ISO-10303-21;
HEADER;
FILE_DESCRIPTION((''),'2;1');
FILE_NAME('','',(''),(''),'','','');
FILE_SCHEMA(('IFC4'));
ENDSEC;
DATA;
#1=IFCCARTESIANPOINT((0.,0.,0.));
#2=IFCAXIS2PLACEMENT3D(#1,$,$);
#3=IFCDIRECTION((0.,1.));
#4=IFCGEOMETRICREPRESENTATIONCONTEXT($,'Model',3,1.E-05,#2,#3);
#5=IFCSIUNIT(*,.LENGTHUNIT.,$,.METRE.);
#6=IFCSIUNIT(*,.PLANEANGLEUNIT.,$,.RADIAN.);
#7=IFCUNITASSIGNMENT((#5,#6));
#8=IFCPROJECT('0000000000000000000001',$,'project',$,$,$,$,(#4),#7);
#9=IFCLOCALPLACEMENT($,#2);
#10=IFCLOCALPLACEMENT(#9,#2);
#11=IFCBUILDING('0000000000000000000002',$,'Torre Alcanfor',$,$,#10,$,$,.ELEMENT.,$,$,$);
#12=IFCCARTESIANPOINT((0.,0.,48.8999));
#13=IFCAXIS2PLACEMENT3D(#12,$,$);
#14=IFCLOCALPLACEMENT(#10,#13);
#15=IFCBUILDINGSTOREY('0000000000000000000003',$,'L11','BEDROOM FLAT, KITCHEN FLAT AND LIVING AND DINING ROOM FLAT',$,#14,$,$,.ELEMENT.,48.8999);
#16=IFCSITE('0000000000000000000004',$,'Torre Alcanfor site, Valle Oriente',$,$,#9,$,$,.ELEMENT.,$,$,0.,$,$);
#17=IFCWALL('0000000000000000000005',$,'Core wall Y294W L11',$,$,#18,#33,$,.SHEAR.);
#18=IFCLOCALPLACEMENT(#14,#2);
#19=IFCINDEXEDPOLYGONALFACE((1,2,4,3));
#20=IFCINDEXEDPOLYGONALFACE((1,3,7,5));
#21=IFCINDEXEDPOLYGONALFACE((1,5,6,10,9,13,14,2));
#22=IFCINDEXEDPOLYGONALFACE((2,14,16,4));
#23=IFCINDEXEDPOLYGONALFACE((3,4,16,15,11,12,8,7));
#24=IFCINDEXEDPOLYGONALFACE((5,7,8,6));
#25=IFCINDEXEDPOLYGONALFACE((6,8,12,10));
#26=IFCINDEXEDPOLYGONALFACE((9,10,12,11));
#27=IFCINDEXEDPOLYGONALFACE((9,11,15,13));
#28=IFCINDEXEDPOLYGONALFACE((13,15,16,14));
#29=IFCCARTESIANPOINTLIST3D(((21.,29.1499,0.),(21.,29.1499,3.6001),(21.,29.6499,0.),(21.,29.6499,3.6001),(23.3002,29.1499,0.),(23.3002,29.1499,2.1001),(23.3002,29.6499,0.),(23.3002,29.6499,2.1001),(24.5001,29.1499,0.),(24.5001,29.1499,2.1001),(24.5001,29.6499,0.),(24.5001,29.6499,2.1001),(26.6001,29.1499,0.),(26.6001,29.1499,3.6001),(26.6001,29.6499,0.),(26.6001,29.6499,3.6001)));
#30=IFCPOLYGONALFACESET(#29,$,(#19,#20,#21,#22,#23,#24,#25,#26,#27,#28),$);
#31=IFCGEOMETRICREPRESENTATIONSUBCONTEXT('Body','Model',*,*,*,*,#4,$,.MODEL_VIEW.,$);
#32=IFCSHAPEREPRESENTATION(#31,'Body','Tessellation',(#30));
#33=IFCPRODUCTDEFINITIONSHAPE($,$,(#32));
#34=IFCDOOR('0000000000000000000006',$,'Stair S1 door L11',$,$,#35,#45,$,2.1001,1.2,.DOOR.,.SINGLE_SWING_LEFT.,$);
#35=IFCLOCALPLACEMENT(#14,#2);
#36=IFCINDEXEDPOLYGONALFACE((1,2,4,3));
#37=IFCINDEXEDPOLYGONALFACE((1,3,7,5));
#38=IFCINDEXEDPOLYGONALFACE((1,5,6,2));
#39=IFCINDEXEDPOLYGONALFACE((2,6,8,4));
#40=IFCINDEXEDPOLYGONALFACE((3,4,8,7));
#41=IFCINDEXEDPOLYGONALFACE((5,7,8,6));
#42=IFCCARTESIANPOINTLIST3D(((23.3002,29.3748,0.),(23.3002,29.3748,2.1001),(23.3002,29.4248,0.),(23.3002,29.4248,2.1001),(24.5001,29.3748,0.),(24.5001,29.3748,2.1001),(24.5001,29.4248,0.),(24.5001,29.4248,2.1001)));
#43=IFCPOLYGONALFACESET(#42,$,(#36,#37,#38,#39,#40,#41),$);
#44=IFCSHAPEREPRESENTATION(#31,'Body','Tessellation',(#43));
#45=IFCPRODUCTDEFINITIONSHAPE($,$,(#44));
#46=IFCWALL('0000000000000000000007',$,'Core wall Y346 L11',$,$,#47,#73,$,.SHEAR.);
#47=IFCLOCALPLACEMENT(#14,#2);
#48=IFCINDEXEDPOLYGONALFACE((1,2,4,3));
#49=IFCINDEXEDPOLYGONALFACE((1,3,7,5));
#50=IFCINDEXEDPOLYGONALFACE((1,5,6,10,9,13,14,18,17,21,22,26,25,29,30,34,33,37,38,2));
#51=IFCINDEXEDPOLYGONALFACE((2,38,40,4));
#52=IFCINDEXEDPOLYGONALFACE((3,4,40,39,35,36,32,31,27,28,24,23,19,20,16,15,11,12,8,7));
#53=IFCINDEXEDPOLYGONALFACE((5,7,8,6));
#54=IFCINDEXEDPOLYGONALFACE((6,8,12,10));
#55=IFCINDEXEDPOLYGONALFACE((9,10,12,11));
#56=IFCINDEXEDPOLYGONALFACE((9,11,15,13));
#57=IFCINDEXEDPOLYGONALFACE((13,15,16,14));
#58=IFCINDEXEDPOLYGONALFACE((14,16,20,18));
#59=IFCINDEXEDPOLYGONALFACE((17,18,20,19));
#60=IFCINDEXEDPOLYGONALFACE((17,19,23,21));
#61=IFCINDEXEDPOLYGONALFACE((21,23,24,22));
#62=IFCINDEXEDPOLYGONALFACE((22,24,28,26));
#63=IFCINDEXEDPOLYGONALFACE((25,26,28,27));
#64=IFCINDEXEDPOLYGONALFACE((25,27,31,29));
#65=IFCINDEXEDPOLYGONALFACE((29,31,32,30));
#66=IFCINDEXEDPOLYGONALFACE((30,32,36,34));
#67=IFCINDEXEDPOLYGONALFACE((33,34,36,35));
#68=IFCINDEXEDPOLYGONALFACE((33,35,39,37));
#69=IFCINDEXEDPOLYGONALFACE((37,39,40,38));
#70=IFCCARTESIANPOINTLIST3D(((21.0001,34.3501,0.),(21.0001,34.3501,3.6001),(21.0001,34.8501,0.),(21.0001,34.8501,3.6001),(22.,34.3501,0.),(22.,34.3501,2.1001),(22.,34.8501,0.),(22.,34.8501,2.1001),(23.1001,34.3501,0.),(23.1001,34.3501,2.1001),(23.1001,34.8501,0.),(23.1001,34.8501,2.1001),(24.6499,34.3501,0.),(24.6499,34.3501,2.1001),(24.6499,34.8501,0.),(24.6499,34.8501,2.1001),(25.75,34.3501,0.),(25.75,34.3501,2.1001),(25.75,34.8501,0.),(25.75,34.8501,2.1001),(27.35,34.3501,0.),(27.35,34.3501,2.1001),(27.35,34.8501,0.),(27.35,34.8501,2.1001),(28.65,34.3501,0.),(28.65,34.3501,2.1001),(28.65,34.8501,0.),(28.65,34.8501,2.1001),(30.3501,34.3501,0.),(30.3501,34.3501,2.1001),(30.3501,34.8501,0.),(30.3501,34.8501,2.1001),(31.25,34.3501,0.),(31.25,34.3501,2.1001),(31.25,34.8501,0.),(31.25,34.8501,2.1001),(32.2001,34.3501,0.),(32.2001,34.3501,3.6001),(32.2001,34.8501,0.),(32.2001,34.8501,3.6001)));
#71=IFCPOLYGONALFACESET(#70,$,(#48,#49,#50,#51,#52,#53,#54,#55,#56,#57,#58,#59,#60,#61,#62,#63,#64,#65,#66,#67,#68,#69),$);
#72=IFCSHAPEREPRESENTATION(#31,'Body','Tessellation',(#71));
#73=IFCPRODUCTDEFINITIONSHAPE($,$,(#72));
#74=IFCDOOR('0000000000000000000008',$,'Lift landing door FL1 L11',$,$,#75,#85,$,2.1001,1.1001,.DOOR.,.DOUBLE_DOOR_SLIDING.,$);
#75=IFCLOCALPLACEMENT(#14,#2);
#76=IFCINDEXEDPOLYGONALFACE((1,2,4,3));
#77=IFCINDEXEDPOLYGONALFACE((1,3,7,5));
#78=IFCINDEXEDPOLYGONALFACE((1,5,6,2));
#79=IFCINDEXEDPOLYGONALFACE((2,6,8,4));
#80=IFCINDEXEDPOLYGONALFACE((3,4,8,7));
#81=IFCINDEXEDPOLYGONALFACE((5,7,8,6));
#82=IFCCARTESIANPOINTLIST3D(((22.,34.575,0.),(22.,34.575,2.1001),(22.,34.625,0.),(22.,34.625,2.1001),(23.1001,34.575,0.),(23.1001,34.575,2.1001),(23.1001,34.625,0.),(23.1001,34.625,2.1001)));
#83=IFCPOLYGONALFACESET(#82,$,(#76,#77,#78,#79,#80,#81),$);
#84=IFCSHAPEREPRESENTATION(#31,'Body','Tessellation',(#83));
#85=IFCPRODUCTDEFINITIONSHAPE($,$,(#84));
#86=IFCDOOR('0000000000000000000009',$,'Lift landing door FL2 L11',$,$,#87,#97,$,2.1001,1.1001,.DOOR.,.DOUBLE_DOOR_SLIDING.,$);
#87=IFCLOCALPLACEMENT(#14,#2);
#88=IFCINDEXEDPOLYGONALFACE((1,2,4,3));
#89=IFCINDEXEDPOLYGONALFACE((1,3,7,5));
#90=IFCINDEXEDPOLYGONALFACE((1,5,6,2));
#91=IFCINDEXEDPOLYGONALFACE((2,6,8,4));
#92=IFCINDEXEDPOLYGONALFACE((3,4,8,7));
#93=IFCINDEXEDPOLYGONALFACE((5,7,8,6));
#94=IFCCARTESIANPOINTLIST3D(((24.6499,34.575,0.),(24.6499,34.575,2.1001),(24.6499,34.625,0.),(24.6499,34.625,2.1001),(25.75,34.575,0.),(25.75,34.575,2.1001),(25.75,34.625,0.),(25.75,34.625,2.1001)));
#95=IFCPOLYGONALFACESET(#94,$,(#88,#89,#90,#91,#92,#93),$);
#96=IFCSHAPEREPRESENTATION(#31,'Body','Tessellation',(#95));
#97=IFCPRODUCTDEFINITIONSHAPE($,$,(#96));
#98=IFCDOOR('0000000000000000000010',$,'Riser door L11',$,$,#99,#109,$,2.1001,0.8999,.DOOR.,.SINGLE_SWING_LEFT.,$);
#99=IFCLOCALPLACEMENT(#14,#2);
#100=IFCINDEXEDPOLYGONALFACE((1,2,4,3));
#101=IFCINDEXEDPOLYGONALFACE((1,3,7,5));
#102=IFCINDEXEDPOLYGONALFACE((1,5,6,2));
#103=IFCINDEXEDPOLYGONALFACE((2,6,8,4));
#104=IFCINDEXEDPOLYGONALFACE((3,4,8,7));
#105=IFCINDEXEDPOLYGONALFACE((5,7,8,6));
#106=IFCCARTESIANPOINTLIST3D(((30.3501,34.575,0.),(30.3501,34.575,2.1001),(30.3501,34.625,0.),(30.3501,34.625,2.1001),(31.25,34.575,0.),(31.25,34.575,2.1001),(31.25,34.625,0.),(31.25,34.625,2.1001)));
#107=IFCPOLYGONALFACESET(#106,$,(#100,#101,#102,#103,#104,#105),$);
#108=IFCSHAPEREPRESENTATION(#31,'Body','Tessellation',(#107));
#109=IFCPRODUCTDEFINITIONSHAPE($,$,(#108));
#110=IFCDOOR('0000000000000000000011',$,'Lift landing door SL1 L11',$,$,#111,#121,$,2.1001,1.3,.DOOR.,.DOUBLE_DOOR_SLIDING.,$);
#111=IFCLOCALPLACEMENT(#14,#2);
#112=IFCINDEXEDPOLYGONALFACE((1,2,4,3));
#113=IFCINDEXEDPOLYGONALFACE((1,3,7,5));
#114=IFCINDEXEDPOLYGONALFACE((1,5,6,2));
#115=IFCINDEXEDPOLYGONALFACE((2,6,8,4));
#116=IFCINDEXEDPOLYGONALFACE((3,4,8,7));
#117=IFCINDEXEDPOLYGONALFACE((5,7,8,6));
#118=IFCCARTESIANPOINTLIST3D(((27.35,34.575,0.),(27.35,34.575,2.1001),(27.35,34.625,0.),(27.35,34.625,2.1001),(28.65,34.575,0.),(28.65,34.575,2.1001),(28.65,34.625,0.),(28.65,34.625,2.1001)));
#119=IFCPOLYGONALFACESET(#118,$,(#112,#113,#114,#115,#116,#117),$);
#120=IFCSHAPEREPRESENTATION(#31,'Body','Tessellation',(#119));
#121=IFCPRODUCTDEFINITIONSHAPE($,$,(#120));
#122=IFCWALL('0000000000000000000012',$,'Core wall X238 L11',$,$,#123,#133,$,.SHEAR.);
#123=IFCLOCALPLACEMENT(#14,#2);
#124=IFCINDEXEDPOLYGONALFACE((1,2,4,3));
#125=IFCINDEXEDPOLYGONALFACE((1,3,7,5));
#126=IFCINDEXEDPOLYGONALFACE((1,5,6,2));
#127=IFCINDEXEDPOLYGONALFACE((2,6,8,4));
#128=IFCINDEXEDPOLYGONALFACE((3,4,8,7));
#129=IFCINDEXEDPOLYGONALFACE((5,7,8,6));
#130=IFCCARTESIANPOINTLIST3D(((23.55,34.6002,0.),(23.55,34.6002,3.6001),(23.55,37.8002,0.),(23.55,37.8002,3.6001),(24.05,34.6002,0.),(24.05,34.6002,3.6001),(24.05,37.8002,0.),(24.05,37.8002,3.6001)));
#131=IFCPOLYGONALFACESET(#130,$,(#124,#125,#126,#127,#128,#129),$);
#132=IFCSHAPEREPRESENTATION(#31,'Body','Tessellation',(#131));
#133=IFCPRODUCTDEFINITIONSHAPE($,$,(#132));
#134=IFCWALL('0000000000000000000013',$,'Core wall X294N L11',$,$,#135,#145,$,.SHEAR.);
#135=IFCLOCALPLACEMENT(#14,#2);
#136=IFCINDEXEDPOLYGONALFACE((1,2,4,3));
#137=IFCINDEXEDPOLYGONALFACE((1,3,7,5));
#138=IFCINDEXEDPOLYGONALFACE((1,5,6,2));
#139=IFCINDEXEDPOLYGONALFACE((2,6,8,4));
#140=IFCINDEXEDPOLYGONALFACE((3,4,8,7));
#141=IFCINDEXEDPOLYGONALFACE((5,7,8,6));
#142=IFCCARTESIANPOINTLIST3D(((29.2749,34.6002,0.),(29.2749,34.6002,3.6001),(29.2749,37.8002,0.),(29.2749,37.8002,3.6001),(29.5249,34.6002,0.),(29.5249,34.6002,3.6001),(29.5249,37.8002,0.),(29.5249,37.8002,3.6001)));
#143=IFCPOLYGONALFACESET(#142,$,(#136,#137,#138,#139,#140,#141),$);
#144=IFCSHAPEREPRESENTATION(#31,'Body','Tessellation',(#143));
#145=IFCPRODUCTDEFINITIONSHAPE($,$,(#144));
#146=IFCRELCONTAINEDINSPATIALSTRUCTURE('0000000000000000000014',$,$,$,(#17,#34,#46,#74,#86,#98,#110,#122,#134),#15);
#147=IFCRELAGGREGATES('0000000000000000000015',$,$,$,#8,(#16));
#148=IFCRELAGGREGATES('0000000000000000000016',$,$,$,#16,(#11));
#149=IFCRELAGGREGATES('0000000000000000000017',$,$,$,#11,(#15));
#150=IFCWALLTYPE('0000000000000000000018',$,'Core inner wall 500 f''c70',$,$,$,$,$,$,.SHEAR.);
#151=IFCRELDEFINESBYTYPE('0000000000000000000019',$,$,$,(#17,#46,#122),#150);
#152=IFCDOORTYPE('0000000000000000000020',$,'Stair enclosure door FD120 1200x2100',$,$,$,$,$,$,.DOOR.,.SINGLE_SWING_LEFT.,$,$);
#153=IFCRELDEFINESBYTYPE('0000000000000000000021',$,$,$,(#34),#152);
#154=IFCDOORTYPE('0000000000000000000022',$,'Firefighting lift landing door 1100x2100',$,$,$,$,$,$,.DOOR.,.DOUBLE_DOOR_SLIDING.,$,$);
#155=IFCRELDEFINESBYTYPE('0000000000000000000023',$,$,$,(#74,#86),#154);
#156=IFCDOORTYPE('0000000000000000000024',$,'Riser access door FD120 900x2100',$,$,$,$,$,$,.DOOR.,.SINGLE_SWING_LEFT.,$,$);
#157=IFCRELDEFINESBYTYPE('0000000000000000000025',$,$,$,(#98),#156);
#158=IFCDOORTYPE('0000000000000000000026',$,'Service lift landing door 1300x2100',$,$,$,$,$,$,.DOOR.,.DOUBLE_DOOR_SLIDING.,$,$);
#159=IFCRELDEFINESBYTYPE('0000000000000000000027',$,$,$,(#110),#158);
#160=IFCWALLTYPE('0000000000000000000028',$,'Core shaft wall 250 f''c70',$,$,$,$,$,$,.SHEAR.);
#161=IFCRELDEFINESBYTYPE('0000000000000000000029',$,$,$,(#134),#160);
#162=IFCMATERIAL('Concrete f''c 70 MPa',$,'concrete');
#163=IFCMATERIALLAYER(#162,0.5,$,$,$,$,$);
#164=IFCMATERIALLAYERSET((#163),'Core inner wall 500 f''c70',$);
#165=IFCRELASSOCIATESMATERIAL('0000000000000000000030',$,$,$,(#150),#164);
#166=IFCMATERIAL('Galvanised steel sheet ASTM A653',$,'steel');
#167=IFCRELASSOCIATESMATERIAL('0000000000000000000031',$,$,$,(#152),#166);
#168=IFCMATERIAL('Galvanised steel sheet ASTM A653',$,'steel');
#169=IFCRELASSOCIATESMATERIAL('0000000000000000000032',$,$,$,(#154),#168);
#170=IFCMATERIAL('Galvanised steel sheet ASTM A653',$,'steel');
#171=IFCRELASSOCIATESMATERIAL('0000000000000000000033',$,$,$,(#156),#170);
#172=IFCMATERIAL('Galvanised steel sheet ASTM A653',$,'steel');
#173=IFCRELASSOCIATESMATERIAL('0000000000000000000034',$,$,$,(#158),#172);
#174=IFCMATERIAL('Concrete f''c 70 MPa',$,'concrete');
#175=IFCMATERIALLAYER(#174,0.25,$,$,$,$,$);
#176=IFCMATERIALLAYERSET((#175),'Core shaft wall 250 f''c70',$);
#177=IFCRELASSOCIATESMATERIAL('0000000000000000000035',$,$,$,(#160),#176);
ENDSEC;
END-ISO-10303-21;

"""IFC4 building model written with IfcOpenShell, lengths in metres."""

from ifc_helpers import new_model, si_unit, direction, frame, frame_2d, origin, place, context, subcontext, project, spatial, rectangle, extrude, material, layer, layer_set, type_object, element, fill, save


model = new_model("IFC4")

# Units and contexts
model_context = context("Model", 3, precision=1e-05, world=origin(), true_north=direction((0.0, 1.0)))
body_context = subcontext(model_context, "Body", "Model", "MODEL_VIEW")
ifc_project = project(units=[si_unit("LENGTHUNIT", "METRE"), si_unit("PLANEANGLEUNIT", "RADIAN")], contexts=[model_context])

# Site, building, storey
site_placement = place(None, origin())
site = spatial("IfcSite", under=ifc_project, at=site_placement, Name="Torre Alcanfor site, Valle Oriente", CompositionType="ELEMENT", RefElevation=0.0)
building_placement = place(site_placement, origin())
building = spatial("IfcBuilding", under=site, at=building_placement, Name="Torre Alcanfor", CompositionType="ELEMENT")
storey_placement = place(building_placement, frame((0.0, 0.0, 48.8999)))
storey = spatial("IfcBuildingStorey", under=building, at=storey_placement, Name="L11", Description="BEDROOM FLAT, KITCHEN FLAT AND LIVING AND DINING ROOM FLAT", CompositionType="ELEMENT", Elevation=48.8999)

# Wall, opening, door
ifc_material_1 = material(Name="Concrete f'c 70 MPa", Category="concrete")
ifc_layer_1 = layer(ifc_material_1, 0.5)
ifc_layer_set_1 = layer_set([ifc_layer_1], Name="Core inner wall 500 f'c70")
wall_type_1 = type_object("IfcWallType", Name="Core inner wall 500 f'c70", PredefinedType="SHEAR", material=ifc_layer_set_1)
wall_1_placement = place(storey_placement, frame((21.0, 29.3999, 0.0), z_axis=(0.0, 0.0, 1.0), x_axis=(1.0, 0.0, 0.0)))
wall_1 = element("IfcWall", 1, at=wall_1_placement, inside=storey, type_object=wall_type_1, Name="Core wall Y294W L11", PredefinedType="SHEAR", context=body_context, shape_type="SweptSolid", body=[
    extrude(rectangle(XDim=5.6001, YDim=0.5, at=frame_2d((2.8, 0.0))), origin(), (0.0, 0.0, 1.0), 3.6001),
])
opening_1_placement = place(wall_1_placement, frame((2.3, 0.0, 0.0)))
opening_1 = element("IfcOpeningElement", 2, at=opening_1_placement, cuts=wall_1, PredefinedType="OPENING", context=body_context, shape_type="SweptSolid", body=[
    extrude(rectangle(XDim=1.2, YDim=2.1001, at=frame_2d((0.6001, 1.05))), frame((0.0, 0.26, 0.0), z_axis=(0.0, -1.0, 0.0), x_axis=(1.0, 0.0, 0.0)), (0.0, 0.0, 1.0), 0.52),
])
ifc_material_2 = material(Name="Galvanised steel sheet ASTM A653", Category="steel")
door_type_1 = type_object("IfcDoorType", Name="Stair enclosure door FD120 1200x2100", OperationType="SINGLE_SWING_LEFT", PredefinedType="DOOR", material=ifc_material_2)
door_1_placement = place(opening_1_placement, frame((1.2, 0.0, 0.0), z_axis=(0.0, 0.0, 1.0), x_axis=(-1.0, 0.0, 0.0)))
door_1 = element("IfcDoor", 3, at=door_1_placement, inside=storey, type_object=door_type_1, Name="Stair S1 door L11", OperationType="SINGLE_SWING_LEFT", OverallHeight=2.1001, OverallWidth=1.2, PredefinedType="DOOR", context=body_context, shape_type="SweptSolid", body=[
    extrude(rectangle(XDim=1.2, YDim=2.1001, at=frame_2d((0.5999, 1.05))), frame((0.0, 0.0251, 0.0), z_axis=(0.0, -1.0, 0.0), x_axis=(1.0, 0.0, 0.0)), (0.0, 0.0, 1.0), 0.05),
])
fill(opening_1, door_1)

# Wall, openings, doors
wall_2_placement = place(storey_placement, frame((21.0, 34.6001, 0.0), z_axis=(0.0, 0.0, 1.0), x_axis=(1.0, 0.0, 0.0)))
wall_2 = element("IfcWall", 4, at=wall_2_placement, inside=storey, type_object=wall_type_1, Name="Core wall Y346 L11", PredefinedType="SHEAR", context=body_context, shape_type="SweptSolid", body=[
    extrude(rectangle(XDim=11.2, YDim=0.5, at=frame_2d((5.6001, 0.0))), origin(), (0.0, 0.0, 1.0), 3.6001),
])
opening_2_placement = place(wall_2_placement, frame((9.3501, 0.0, 0.0)))
opening_2 = element("IfcOpeningElement", 5, at=opening_2_placement, cuts=wall_2, PredefinedType="OPENING", context=body_context, shape_type="SweptSolid", body=[
    extrude(rectangle(XDim=0.8999, YDim=2.1001, at=frame_2d((0.45, 1.05))), frame((0.0, 0.26, 0.0), z_axis=(0.0, -1.0, 0.0), x_axis=(1.0, 0.0, 0.0)), (0.0, 0.0, 1.0), 0.52),
])
opening_3_placement = place(wall_2_placement, frame((1.0, 0.0, 0.0)))
opening_3 = element("IfcOpeningElement", 6, at=opening_3_placement, cuts=wall_2, PredefinedType="OPENING", context=body_context, shape_type="SweptSolid", body=[
    extrude(rectangle(XDim=1.1001, YDim=2.1001, at=frame_2d((0.55, 1.05))), frame((0.0, 0.26, 0.0), z_axis=(0.0, -1.0, 0.0), x_axis=(1.0, 0.0, 0.0)), (0.0, 0.0, 1.0), 0.52),
])
opening_4_placement = place(wall_2_placement, frame((3.6499, 0.0, 0.0)))
opening_4 = element("IfcOpeningElement", 7, at=opening_4_placement, cuts=wall_2, PredefinedType="OPENING", context=body_context, shape_type="SweptSolid", body=[
    extrude(rectangle(XDim=1.1001, YDim=2.1001, at=frame_2d((0.55, 1.05))), frame((0.0, 0.26, 0.0), z_axis=(0.0, -1.0, 0.0), x_axis=(1.0, 0.0, 0.0)), (0.0, 0.0, 1.0), 0.52),
])
opening_5_placement = place(wall_2_placement, frame((6.3501, 0.0, 0.0)))
opening_5 = element("IfcOpeningElement", 8, at=opening_5_placement, cuts=wall_2, PredefinedType="OPENING", context=body_context, shape_type="SweptSolid", body=[
    extrude(rectangle(XDim=1.3, YDim=2.1001, at=frame_2d((0.6499, 1.05))), frame((0.0, 0.26, 0.0), z_axis=(0.0, -1.0, 0.0), x_axis=(1.0, 0.0, 0.0)), (0.0, 0.0, 1.0), 0.52),
])
ifc_material_3 = material(Name="Galvanised steel sheet ASTM A653", Category="steel")
door_type_2 = type_object("IfcDoorType", Name="Firefighting lift landing door 1100x2100", OperationType="DOUBLE_DOOR_SLIDING", PredefinedType="DOOR", material=ifc_material_3)
door_2_placement = place(opening_3_placement, origin())
door_2 = element("IfcDoor", 9, at=door_2_placement, inside=storey, type_object=door_type_2, Name="Lift landing door FL1 L11", OperationType="DOUBLE_DOOR_SLIDING", OverallHeight=2.1001, OverallWidth=1.1001, PredefinedType="DOOR", context=body_context, shape_type="SweptSolid", body=[
    extrude(rectangle(XDim=1.1001, YDim=2.1001, at=frame_2d((0.55, 1.05))), frame((0.0, 0.0249, 0.0), z_axis=(0.0, -1.0, 0.0), x_axis=(1.0, 0.0, 0.0)), (0.0, 0.0, 1.0), 0.05),
])
fill(opening_3, door_2)
door_3_placement = place(opening_4_placement, origin())
door_3 = element("IfcDoor", 10, at=door_3_placement, inside=storey, type_object=door_type_2, Name="Lift landing door FL2 L11", OperationType="DOUBLE_DOOR_SLIDING", OverallHeight=2.1001, OverallWidth=1.1001, PredefinedType="DOOR", context=body_context, shape_type="SweptSolid", body=[
    extrude(rectangle(XDim=1.1001, YDim=2.1001, at=frame_2d((0.55, 1.05))), frame((0.0, 0.0249, 0.0), z_axis=(0.0, -1.0, 0.0), x_axis=(1.0, 0.0, 0.0)), (0.0, 0.0, 1.0), 0.05),
])
fill(opening_4, door_3)
ifc_material_4 = material(Name="Galvanised steel sheet ASTM A653", Category="steel")
door_type_3 = type_object("IfcDoorType", Name="Riser access door FD120 900x2100", OperationType="SINGLE_SWING_LEFT", PredefinedType="DOOR", material=ifc_material_4)
door_4_placement = place(opening_2_placement, origin())
door_4 = element("IfcDoor", 11, at=door_4_placement, inside=storey, type_object=door_type_3, Name="Riser door L11", OperationType="SINGLE_SWING_LEFT", OverallHeight=2.1001, OverallWidth=0.8999, PredefinedType="DOOR", context=body_context, shape_type="SweptSolid", body=[
    extrude(rectangle(XDim=0.8999, YDim=2.1001, at=frame_2d((0.45, 1.05))), frame((0.0, 0.0249, 0.0), z_axis=(0.0, -1.0, 0.0), x_axis=(1.0, 0.0, 0.0)), (0.0, 0.0, 1.0), 0.05),
])
fill(opening_2, door_4)
ifc_material_5 = material(Name="Galvanised steel sheet ASTM A653", Category="steel")
door_type_4 = type_object("IfcDoorType", Name="Service lift landing door 1300x2100", OperationType="DOUBLE_DOOR_SLIDING", PredefinedType="DOOR", material=ifc_material_5)
door_5_placement = place(opening_5_placement, origin())
door_5 = element("IfcDoor", 12, at=door_5_placement, inside=storey, type_object=door_type_4, Name="Lift landing door SL1 L11", OperationType="DOUBLE_DOOR_SLIDING", OverallHeight=2.1001, OverallWidth=1.3, PredefinedType="DOOR", context=body_context, shape_type="SweptSolid", body=[
    extrude(rectangle(XDim=1.3, YDim=2.1001, at=frame_2d((0.6499, 1.05))), frame((0.0, 0.0249, 0.0), z_axis=(0.0, -1.0, 0.0), x_axis=(1.0, 0.0, 0.0)), (0.0, 0.0, 1.0), 0.05),
])
fill(opening_5, door_5)

# Walls
wall_3_placement = place(storey_placement, frame((23.8, 34.6001, 0.0), z_axis=(0.0, 0.0, 1.0), x_axis=(0.0, 1.0, 0.0)))
element("IfcWall", 13, at=wall_3_placement, inside=storey, type_object=wall_type_1, Name="Core wall X238 L11", PredefinedType="SHEAR", context=body_context, shape_type="SweptSolid", body=[
    extrude(rectangle(XDim=3.2, YDim=0.5, at=frame_2d((1.6001, 0.0))), origin(), (0.0, 0.0, 1.0), 3.6001),
])
ifc_material_6 = material(Name="Concrete f'c 70 MPa", Category="concrete")
ifc_layer_2 = layer(ifc_material_6, 0.25)
ifc_layer_set_2 = layer_set([ifc_layer_2], Name="Core shaft wall 250 f'c70")
wall_type_2 = type_object("IfcWallType", Name="Core shaft wall 250 f'c70", PredefinedType="SHEAR", material=ifc_layer_set_2)
wall_4_placement = place(storey_placement, frame((29.3999, 34.6001, 0.0), z_axis=(0.0, 0.0, 1.0), x_axis=(0.0, 1.0, 0.0)))
element("IfcWall", 14, at=wall_4_placement, inside=storey, type_object=wall_type_2, Name="Core wall X294N L11", PredefinedType="SHEAR", context=body_context, shape_type="SweptSolid", body=[
    extrude(rectangle(XDim=3.2, YDim=0.25, at=frame_2d((1.6001, 0.0))), origin(), (0.0, 0.0, 1.0), 3.6001),
])

save(model, "model.ifc")
